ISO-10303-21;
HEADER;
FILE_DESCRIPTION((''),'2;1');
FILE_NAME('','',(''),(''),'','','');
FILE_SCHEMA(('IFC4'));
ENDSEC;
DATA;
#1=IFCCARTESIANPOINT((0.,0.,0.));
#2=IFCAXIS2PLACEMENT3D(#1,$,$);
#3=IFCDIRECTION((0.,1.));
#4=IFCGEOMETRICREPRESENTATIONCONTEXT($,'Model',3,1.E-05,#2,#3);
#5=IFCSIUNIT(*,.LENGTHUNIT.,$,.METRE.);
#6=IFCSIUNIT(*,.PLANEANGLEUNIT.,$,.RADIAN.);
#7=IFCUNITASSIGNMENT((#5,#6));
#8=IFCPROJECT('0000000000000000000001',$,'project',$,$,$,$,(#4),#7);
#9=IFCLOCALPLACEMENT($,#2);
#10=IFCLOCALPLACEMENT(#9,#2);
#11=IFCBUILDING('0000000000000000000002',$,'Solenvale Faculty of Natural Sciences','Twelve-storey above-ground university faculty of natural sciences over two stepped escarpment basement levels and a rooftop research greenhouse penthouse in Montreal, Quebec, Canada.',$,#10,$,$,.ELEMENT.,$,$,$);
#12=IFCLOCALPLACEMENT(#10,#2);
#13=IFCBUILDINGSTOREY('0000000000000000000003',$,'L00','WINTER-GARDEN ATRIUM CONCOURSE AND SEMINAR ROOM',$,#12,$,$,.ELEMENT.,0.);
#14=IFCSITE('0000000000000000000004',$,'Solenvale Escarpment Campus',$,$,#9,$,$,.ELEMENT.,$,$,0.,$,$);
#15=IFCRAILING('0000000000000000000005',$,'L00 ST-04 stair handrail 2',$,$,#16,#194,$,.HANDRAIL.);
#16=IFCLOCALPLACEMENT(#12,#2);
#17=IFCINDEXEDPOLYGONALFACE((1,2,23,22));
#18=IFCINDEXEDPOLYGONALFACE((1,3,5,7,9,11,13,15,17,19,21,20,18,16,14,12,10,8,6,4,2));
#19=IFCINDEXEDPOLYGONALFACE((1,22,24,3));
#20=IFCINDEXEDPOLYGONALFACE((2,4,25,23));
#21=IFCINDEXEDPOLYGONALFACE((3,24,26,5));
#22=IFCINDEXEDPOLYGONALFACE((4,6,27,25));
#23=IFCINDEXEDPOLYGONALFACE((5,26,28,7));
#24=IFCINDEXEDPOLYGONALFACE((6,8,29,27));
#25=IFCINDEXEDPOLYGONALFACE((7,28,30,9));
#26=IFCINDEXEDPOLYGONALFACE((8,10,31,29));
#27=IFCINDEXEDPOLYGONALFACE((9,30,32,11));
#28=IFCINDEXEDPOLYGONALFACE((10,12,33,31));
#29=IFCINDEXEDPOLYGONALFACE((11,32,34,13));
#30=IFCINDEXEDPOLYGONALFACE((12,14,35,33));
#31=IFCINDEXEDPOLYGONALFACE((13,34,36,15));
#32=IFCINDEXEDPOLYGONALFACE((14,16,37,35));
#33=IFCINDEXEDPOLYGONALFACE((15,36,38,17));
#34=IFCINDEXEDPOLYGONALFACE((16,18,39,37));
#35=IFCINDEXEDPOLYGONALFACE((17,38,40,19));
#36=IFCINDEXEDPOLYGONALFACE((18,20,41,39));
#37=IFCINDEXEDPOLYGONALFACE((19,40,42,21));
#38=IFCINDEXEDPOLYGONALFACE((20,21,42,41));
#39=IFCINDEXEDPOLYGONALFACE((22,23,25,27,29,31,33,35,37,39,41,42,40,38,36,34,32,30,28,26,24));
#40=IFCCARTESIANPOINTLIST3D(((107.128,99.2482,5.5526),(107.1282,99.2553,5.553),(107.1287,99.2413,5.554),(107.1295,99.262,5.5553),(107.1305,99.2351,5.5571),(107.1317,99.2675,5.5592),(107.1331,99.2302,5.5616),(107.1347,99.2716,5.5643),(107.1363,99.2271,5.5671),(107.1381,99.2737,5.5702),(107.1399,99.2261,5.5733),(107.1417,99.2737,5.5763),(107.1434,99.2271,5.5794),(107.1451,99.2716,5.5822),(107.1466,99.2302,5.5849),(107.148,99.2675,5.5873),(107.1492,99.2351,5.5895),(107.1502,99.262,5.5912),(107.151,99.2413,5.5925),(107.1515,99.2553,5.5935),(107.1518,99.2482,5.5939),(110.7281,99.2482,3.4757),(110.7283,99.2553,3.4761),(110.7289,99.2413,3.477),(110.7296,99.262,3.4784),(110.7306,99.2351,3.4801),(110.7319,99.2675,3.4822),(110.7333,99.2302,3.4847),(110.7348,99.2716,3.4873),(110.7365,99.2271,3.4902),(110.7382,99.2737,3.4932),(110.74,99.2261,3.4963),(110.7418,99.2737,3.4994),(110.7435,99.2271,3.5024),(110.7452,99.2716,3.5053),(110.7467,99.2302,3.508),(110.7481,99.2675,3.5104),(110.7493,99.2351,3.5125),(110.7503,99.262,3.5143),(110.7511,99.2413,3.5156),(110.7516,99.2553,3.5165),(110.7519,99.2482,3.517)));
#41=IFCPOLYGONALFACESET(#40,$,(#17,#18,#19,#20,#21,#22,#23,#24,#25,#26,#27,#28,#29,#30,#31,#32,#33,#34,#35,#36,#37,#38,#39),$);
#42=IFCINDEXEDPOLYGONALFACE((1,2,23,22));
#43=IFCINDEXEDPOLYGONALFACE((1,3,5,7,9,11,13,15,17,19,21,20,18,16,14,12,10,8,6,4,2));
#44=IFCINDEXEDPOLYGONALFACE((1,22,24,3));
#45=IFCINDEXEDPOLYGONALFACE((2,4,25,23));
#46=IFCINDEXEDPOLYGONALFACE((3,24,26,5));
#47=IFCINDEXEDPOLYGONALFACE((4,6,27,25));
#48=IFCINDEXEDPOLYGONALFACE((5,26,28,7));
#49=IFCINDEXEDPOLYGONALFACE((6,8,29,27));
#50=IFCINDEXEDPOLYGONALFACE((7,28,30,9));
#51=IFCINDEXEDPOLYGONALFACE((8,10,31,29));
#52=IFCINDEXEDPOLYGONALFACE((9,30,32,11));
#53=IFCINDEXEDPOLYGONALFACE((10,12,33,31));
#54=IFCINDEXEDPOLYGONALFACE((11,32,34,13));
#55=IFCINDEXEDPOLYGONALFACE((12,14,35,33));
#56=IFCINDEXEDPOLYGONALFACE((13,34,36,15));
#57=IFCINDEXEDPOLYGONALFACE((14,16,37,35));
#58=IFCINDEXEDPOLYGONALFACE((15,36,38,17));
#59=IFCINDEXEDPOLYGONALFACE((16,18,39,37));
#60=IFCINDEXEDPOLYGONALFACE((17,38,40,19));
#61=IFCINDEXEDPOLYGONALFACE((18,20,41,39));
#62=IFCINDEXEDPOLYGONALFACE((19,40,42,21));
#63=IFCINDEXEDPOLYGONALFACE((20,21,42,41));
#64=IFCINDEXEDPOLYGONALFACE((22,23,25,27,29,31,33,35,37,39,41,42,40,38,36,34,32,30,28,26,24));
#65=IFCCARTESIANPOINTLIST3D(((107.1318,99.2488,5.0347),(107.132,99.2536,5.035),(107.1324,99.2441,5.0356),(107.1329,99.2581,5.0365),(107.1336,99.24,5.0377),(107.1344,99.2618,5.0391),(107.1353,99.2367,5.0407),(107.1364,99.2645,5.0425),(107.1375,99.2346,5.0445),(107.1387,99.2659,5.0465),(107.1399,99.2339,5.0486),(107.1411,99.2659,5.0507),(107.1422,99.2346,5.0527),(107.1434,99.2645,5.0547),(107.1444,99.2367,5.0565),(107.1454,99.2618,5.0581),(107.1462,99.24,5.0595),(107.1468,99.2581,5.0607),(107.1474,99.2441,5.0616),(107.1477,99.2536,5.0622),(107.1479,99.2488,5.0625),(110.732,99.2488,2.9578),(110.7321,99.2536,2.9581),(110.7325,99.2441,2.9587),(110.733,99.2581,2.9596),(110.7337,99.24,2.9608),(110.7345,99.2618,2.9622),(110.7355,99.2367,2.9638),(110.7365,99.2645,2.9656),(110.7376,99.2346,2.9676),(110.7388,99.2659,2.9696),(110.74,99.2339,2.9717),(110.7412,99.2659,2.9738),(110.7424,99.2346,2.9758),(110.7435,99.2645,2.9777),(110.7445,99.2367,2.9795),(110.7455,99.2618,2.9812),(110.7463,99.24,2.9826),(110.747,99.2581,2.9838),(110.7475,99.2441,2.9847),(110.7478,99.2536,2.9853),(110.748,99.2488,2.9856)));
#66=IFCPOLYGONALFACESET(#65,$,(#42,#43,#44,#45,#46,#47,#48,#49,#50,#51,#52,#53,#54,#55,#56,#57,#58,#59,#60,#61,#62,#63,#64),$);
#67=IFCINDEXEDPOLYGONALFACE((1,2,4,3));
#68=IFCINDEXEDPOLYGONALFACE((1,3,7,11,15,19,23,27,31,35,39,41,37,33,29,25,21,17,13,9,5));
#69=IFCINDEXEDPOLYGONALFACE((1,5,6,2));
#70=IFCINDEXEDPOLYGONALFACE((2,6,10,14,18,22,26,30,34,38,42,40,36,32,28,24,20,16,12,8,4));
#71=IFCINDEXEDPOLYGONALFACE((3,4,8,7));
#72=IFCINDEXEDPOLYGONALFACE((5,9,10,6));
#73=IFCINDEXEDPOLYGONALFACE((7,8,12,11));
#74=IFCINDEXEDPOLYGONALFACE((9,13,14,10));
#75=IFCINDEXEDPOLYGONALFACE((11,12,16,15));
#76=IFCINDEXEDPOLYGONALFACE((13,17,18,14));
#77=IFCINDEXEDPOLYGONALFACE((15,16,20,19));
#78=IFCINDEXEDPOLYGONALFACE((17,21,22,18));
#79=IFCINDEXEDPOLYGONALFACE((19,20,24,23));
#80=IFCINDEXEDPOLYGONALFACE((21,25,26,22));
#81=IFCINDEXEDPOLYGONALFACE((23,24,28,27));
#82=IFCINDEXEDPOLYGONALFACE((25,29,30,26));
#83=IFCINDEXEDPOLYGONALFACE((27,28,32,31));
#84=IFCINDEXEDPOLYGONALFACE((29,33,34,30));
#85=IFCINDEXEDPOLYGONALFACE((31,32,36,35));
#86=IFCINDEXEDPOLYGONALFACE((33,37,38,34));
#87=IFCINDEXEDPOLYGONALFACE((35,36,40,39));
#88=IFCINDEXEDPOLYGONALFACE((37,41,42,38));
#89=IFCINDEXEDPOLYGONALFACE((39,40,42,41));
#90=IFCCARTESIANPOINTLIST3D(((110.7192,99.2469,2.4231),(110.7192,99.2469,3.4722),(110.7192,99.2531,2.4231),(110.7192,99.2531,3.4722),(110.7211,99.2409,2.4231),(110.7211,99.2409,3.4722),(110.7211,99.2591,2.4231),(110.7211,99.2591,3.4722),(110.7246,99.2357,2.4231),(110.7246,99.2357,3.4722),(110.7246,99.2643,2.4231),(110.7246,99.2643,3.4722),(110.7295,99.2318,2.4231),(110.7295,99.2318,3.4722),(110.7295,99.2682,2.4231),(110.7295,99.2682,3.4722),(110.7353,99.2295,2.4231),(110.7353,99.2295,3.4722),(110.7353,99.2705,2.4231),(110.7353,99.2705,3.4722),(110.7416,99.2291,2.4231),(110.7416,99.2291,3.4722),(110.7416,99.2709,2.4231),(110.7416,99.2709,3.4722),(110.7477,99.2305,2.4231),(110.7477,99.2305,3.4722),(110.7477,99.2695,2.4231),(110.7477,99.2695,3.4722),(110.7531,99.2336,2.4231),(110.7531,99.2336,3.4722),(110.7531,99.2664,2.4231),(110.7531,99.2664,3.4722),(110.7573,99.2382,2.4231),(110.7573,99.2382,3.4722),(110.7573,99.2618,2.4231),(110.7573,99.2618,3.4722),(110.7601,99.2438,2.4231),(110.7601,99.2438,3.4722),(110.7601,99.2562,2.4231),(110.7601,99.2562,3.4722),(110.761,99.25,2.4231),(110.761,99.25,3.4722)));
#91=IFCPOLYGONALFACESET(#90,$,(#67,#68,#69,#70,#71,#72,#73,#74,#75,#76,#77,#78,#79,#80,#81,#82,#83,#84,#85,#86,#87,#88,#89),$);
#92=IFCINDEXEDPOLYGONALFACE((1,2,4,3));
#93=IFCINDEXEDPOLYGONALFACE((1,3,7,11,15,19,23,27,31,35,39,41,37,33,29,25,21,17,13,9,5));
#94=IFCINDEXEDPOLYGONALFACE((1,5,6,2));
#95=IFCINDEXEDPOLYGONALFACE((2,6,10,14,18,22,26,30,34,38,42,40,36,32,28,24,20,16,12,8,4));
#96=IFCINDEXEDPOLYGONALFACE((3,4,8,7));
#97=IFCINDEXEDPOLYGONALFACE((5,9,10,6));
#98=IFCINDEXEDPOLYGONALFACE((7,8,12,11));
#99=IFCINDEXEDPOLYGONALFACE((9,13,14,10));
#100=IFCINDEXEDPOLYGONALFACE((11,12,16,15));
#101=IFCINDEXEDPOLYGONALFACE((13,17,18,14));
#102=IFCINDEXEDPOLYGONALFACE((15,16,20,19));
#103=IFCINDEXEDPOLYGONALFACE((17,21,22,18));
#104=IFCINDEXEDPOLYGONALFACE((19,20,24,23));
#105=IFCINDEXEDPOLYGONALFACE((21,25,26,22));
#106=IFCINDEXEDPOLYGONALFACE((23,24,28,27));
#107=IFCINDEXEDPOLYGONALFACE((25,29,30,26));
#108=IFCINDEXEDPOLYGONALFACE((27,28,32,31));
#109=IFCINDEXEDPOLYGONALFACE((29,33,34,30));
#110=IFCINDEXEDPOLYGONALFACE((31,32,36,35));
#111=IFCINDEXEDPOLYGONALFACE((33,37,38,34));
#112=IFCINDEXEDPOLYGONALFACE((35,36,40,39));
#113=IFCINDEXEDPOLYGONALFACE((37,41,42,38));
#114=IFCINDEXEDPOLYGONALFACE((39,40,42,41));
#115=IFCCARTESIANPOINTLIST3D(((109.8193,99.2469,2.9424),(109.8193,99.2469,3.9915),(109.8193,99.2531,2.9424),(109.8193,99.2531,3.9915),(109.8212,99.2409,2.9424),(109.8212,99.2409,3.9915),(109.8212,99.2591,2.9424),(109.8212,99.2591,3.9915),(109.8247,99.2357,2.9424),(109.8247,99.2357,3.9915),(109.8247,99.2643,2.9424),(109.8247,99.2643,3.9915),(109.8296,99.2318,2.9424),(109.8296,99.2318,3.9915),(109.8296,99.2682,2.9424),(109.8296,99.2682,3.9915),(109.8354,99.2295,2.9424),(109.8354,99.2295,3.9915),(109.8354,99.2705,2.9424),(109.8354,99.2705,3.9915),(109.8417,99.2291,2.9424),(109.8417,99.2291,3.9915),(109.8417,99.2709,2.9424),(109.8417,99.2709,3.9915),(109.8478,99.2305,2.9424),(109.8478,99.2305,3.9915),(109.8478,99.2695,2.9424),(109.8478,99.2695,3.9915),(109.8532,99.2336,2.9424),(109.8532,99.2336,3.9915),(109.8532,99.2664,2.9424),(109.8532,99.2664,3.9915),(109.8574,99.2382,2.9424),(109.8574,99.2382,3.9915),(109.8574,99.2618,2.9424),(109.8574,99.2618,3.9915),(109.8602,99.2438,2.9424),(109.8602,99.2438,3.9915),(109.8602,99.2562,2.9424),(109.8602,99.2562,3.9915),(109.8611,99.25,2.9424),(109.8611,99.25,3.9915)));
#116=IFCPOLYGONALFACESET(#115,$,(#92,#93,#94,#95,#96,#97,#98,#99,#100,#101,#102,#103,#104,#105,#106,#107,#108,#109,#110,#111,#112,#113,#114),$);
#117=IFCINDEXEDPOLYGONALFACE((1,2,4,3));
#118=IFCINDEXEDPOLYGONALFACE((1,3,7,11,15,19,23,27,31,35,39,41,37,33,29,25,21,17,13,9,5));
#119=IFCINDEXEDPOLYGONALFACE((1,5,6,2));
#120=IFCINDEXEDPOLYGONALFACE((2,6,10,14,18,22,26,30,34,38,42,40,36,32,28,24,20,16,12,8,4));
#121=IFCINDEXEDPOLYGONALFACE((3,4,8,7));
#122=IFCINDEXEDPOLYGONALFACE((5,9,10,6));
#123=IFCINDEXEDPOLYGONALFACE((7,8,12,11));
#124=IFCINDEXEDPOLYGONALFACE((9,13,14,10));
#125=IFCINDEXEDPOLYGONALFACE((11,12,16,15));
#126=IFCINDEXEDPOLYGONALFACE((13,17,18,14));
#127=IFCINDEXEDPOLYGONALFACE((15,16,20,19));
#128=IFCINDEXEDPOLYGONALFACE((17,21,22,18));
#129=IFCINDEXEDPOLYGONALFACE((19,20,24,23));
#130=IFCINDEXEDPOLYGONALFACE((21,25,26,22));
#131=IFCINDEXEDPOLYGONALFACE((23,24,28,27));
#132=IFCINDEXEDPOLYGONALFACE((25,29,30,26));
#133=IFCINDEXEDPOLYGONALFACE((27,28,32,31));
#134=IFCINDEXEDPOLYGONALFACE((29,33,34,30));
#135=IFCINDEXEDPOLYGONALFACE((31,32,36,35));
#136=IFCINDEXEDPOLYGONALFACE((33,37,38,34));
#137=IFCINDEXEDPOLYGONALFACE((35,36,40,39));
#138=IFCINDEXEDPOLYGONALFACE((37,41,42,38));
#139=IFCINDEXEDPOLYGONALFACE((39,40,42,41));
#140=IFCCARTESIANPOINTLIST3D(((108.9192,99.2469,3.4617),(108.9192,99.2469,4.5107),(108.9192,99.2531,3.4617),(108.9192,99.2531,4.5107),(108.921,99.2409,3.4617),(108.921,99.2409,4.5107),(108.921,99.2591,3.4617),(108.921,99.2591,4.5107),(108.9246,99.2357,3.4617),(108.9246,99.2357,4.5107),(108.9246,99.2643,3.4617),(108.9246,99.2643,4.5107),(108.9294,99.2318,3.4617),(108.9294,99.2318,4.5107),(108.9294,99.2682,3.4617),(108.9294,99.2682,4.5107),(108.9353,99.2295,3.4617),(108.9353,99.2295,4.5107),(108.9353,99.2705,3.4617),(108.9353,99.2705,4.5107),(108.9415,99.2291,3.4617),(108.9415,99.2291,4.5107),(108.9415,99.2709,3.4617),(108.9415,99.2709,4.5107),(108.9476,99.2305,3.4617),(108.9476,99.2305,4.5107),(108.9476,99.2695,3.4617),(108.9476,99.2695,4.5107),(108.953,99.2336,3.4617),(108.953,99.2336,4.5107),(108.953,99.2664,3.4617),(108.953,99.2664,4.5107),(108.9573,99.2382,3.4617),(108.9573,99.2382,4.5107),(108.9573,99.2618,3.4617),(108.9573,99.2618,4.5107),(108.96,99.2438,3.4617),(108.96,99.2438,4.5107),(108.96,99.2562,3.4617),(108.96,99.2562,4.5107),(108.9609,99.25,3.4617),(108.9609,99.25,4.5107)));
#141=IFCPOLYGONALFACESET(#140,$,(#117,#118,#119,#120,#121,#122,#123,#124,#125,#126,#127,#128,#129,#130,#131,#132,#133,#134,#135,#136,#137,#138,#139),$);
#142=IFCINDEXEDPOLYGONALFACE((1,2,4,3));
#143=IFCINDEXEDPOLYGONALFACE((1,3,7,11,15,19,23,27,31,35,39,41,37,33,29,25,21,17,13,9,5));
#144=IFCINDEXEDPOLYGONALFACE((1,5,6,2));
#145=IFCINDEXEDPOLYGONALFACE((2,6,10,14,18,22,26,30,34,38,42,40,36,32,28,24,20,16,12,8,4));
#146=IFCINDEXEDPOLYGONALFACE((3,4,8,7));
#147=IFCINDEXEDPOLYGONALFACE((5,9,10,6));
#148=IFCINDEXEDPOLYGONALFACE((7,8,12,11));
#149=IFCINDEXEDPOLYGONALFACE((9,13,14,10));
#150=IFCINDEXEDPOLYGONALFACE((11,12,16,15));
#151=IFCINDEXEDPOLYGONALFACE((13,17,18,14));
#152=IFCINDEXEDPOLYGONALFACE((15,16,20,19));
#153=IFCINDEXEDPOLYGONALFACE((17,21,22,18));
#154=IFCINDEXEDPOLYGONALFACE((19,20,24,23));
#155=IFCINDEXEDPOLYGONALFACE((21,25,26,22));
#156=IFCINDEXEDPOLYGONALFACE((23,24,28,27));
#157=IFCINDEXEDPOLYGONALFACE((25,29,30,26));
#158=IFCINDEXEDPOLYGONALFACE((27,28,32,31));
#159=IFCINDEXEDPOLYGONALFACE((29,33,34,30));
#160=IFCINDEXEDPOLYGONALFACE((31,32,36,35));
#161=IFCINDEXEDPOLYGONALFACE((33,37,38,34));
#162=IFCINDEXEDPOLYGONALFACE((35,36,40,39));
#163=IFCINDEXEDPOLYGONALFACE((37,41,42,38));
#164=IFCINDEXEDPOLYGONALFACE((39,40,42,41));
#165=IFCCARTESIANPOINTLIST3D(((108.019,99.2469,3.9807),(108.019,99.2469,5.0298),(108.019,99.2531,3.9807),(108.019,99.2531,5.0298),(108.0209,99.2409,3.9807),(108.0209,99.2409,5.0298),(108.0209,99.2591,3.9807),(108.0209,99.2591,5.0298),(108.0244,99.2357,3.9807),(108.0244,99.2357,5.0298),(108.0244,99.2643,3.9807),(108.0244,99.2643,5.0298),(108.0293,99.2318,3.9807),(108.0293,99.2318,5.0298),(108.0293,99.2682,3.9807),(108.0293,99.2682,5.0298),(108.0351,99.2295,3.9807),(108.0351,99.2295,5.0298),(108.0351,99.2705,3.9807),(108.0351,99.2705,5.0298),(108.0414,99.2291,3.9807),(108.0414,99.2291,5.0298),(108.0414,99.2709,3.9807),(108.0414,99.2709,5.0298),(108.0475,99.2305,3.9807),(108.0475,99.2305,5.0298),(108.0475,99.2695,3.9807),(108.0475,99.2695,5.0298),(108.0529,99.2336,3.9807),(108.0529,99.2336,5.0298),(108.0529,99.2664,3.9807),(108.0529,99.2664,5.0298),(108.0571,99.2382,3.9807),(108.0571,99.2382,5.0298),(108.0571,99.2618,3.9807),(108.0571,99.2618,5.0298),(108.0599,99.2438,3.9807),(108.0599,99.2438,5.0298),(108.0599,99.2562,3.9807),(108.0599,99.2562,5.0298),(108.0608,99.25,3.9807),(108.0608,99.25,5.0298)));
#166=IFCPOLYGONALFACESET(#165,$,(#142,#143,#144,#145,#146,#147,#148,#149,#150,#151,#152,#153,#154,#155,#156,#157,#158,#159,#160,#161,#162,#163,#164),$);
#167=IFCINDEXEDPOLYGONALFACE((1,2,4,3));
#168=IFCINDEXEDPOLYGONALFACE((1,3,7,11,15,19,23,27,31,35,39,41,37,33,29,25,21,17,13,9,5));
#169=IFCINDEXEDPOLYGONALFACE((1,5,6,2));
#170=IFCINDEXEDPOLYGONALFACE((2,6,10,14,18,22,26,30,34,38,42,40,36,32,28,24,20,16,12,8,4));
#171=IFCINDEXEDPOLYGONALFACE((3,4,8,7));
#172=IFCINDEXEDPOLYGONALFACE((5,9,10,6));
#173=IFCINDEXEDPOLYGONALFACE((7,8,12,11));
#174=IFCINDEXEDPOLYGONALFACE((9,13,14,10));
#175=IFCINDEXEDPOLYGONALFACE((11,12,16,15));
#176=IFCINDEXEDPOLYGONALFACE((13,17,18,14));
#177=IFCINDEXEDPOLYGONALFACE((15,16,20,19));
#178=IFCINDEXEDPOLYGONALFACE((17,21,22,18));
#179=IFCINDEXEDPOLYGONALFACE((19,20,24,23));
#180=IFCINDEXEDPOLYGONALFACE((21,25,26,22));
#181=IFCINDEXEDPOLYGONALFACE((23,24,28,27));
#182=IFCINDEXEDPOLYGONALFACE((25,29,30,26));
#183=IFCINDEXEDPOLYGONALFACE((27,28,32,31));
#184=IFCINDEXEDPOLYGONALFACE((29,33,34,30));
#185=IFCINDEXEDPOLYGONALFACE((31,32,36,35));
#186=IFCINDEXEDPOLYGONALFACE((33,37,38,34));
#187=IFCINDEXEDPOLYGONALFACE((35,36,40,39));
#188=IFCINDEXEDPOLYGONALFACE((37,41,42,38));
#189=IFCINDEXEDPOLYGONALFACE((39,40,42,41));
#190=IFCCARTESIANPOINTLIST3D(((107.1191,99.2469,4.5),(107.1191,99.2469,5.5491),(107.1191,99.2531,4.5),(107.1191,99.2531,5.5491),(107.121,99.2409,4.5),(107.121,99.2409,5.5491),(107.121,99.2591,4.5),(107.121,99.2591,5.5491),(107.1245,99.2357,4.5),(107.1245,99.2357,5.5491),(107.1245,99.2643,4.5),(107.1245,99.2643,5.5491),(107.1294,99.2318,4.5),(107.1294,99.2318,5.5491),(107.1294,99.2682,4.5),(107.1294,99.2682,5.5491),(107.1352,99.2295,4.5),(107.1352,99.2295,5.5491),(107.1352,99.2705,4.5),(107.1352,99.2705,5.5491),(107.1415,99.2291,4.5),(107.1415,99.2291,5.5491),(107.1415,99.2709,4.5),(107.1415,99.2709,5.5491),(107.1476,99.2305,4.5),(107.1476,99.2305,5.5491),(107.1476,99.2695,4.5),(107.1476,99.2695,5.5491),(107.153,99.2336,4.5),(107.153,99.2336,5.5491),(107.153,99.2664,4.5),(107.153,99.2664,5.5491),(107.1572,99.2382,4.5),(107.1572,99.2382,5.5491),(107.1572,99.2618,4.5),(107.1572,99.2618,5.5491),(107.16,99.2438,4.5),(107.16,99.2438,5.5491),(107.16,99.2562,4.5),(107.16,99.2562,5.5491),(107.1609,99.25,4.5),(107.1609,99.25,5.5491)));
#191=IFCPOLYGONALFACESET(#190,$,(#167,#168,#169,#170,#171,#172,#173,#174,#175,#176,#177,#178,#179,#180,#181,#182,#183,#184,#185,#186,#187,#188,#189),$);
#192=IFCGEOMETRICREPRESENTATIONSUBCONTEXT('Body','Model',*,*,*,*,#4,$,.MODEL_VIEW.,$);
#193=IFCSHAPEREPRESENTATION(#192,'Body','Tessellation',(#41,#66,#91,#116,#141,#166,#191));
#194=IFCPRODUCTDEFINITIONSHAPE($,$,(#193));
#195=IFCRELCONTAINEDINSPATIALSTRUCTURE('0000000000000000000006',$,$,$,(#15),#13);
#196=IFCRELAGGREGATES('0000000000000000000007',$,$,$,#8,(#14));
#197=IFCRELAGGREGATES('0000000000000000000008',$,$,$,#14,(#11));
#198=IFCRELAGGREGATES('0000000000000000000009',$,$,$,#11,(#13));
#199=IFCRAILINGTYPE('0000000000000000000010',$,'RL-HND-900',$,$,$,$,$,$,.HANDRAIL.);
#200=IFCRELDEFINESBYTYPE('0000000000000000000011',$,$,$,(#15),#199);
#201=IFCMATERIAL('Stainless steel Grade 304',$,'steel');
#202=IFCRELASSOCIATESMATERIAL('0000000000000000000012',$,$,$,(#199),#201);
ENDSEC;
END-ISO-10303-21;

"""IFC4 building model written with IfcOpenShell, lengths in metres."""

from ifc_helpers import new_model, si_unit, direction, frame, origin, origin_2d, place, context, subcontext, project, spatial, circle, extrude, material, type_object, element, save


model = new_model("IFC4")

# Units and contexts
model_context = context("Model", 3, precision=1e-05, world=origin(), true_north=direction((0.0, 1.0)))
body_context = subcontext(model_context, "Body", "Model", "MODEL_VIEW")
ifc_project = project(units=[si_unit("LENGTHUNIT", "METRE"), si_unit("PLANEANGLEUNIT", "RADIAN")], contexts=[model_context])

# Site, building, storey
site_placement = place(None, origin())
site = spatial("IfcSite", under=ifc_project, at=site_placement, Name="Solenvale Escarpment Campus", CompositionType="ELEMENT", RefElevation=0.0)
building_placement = place(site_placement, origin())
building = spatial("IfcBuilding", under=site, at=building_placement, Name="Solenvale Faculty of Natural Sciences", Description="Twelve-storey above-ground university faculty of natural sciences over two stepped escarpment basement levels and a rooftop research greenhouse penthouse in Montreal, Quebec, Canada.", CompositionType="ELEMENT")
storey_placement = place(building_placement, origin())
storey = spatial("IfcBuildingStorey", under=building, at=storey_placement, Name="L00", Description="WINTER-GARDEN ATRIUM CONCOURSE AND SEMINAR ROOM", CompositionType="ELEMENT", Elevation=0.0)

# Railing
ifc_material_1 = material(Name="Stainless steel Grade 304", Category="steel")
railing_type_1 = type_object("IfcRailingType", Name="RL-HND-900", PredefinedType="HANDRAIL", material=ifc_material_1)
railing_1_placement = place(storey_placement, frame((110.74, 99.25, 2.4231)))
element("IfcRailing", 1, at=railing_1_placement, inside=storey, type_object=railing_type_1, Name="L00 ST-04 stair handrail 2", PredefinedType="HANDRAIL", context=body_context, shape_type="SweptSolid", body=[
    extrude(circle(Radius=0.0239, at=origin_2d()), frame((0.0, 0.0, 1.0732), z_axis=(-0.866193, 0.0, 0.499709), x_axis=(0.0, -1.0, 0.0)), (0.0, 0.0, 1.0), 4.1562),
    extrude(circle(Radius=0.0161, at=origin_2d()), frame((0.0, 0.0, 0.5486), z_axis=(-0.866193, 0.0, 0.499709), x_axis=(0.0, -1.0, 0.0)), (0.0, 0.0, 1.0), 4.1562),
    extrude(circle(Radius=0.021, at=origin_2d()), origin(), (0.0, 0.0, 1.0), 1.0491),
    extrude(circle(Radius=0.021, at=origin_2d()), frame((-0.8999, 0.0, 0.5193)), (0.0, 0.0, 1.0), 1.0491),
    extrude(circle(Radius=0.021, at=origin_2d()), frame((-1.8, 0.0, 1.0386)), (0.0, 0.0, 1.0), 1.0491),
    extrude(circle(Radius=0.021, at=origin_2d()), frame((-2.7002, 0.0, 1.5576)), (0.0, 0.0, 1.0), 1.0491),
    extrude(circle(Radius=0.021, at=origin_2d()), frame((-3.6001, 0.0, 2.0769)), (0.0, 0.0, 1.0), 1.0491),
])

save(model, "model.ifc")
